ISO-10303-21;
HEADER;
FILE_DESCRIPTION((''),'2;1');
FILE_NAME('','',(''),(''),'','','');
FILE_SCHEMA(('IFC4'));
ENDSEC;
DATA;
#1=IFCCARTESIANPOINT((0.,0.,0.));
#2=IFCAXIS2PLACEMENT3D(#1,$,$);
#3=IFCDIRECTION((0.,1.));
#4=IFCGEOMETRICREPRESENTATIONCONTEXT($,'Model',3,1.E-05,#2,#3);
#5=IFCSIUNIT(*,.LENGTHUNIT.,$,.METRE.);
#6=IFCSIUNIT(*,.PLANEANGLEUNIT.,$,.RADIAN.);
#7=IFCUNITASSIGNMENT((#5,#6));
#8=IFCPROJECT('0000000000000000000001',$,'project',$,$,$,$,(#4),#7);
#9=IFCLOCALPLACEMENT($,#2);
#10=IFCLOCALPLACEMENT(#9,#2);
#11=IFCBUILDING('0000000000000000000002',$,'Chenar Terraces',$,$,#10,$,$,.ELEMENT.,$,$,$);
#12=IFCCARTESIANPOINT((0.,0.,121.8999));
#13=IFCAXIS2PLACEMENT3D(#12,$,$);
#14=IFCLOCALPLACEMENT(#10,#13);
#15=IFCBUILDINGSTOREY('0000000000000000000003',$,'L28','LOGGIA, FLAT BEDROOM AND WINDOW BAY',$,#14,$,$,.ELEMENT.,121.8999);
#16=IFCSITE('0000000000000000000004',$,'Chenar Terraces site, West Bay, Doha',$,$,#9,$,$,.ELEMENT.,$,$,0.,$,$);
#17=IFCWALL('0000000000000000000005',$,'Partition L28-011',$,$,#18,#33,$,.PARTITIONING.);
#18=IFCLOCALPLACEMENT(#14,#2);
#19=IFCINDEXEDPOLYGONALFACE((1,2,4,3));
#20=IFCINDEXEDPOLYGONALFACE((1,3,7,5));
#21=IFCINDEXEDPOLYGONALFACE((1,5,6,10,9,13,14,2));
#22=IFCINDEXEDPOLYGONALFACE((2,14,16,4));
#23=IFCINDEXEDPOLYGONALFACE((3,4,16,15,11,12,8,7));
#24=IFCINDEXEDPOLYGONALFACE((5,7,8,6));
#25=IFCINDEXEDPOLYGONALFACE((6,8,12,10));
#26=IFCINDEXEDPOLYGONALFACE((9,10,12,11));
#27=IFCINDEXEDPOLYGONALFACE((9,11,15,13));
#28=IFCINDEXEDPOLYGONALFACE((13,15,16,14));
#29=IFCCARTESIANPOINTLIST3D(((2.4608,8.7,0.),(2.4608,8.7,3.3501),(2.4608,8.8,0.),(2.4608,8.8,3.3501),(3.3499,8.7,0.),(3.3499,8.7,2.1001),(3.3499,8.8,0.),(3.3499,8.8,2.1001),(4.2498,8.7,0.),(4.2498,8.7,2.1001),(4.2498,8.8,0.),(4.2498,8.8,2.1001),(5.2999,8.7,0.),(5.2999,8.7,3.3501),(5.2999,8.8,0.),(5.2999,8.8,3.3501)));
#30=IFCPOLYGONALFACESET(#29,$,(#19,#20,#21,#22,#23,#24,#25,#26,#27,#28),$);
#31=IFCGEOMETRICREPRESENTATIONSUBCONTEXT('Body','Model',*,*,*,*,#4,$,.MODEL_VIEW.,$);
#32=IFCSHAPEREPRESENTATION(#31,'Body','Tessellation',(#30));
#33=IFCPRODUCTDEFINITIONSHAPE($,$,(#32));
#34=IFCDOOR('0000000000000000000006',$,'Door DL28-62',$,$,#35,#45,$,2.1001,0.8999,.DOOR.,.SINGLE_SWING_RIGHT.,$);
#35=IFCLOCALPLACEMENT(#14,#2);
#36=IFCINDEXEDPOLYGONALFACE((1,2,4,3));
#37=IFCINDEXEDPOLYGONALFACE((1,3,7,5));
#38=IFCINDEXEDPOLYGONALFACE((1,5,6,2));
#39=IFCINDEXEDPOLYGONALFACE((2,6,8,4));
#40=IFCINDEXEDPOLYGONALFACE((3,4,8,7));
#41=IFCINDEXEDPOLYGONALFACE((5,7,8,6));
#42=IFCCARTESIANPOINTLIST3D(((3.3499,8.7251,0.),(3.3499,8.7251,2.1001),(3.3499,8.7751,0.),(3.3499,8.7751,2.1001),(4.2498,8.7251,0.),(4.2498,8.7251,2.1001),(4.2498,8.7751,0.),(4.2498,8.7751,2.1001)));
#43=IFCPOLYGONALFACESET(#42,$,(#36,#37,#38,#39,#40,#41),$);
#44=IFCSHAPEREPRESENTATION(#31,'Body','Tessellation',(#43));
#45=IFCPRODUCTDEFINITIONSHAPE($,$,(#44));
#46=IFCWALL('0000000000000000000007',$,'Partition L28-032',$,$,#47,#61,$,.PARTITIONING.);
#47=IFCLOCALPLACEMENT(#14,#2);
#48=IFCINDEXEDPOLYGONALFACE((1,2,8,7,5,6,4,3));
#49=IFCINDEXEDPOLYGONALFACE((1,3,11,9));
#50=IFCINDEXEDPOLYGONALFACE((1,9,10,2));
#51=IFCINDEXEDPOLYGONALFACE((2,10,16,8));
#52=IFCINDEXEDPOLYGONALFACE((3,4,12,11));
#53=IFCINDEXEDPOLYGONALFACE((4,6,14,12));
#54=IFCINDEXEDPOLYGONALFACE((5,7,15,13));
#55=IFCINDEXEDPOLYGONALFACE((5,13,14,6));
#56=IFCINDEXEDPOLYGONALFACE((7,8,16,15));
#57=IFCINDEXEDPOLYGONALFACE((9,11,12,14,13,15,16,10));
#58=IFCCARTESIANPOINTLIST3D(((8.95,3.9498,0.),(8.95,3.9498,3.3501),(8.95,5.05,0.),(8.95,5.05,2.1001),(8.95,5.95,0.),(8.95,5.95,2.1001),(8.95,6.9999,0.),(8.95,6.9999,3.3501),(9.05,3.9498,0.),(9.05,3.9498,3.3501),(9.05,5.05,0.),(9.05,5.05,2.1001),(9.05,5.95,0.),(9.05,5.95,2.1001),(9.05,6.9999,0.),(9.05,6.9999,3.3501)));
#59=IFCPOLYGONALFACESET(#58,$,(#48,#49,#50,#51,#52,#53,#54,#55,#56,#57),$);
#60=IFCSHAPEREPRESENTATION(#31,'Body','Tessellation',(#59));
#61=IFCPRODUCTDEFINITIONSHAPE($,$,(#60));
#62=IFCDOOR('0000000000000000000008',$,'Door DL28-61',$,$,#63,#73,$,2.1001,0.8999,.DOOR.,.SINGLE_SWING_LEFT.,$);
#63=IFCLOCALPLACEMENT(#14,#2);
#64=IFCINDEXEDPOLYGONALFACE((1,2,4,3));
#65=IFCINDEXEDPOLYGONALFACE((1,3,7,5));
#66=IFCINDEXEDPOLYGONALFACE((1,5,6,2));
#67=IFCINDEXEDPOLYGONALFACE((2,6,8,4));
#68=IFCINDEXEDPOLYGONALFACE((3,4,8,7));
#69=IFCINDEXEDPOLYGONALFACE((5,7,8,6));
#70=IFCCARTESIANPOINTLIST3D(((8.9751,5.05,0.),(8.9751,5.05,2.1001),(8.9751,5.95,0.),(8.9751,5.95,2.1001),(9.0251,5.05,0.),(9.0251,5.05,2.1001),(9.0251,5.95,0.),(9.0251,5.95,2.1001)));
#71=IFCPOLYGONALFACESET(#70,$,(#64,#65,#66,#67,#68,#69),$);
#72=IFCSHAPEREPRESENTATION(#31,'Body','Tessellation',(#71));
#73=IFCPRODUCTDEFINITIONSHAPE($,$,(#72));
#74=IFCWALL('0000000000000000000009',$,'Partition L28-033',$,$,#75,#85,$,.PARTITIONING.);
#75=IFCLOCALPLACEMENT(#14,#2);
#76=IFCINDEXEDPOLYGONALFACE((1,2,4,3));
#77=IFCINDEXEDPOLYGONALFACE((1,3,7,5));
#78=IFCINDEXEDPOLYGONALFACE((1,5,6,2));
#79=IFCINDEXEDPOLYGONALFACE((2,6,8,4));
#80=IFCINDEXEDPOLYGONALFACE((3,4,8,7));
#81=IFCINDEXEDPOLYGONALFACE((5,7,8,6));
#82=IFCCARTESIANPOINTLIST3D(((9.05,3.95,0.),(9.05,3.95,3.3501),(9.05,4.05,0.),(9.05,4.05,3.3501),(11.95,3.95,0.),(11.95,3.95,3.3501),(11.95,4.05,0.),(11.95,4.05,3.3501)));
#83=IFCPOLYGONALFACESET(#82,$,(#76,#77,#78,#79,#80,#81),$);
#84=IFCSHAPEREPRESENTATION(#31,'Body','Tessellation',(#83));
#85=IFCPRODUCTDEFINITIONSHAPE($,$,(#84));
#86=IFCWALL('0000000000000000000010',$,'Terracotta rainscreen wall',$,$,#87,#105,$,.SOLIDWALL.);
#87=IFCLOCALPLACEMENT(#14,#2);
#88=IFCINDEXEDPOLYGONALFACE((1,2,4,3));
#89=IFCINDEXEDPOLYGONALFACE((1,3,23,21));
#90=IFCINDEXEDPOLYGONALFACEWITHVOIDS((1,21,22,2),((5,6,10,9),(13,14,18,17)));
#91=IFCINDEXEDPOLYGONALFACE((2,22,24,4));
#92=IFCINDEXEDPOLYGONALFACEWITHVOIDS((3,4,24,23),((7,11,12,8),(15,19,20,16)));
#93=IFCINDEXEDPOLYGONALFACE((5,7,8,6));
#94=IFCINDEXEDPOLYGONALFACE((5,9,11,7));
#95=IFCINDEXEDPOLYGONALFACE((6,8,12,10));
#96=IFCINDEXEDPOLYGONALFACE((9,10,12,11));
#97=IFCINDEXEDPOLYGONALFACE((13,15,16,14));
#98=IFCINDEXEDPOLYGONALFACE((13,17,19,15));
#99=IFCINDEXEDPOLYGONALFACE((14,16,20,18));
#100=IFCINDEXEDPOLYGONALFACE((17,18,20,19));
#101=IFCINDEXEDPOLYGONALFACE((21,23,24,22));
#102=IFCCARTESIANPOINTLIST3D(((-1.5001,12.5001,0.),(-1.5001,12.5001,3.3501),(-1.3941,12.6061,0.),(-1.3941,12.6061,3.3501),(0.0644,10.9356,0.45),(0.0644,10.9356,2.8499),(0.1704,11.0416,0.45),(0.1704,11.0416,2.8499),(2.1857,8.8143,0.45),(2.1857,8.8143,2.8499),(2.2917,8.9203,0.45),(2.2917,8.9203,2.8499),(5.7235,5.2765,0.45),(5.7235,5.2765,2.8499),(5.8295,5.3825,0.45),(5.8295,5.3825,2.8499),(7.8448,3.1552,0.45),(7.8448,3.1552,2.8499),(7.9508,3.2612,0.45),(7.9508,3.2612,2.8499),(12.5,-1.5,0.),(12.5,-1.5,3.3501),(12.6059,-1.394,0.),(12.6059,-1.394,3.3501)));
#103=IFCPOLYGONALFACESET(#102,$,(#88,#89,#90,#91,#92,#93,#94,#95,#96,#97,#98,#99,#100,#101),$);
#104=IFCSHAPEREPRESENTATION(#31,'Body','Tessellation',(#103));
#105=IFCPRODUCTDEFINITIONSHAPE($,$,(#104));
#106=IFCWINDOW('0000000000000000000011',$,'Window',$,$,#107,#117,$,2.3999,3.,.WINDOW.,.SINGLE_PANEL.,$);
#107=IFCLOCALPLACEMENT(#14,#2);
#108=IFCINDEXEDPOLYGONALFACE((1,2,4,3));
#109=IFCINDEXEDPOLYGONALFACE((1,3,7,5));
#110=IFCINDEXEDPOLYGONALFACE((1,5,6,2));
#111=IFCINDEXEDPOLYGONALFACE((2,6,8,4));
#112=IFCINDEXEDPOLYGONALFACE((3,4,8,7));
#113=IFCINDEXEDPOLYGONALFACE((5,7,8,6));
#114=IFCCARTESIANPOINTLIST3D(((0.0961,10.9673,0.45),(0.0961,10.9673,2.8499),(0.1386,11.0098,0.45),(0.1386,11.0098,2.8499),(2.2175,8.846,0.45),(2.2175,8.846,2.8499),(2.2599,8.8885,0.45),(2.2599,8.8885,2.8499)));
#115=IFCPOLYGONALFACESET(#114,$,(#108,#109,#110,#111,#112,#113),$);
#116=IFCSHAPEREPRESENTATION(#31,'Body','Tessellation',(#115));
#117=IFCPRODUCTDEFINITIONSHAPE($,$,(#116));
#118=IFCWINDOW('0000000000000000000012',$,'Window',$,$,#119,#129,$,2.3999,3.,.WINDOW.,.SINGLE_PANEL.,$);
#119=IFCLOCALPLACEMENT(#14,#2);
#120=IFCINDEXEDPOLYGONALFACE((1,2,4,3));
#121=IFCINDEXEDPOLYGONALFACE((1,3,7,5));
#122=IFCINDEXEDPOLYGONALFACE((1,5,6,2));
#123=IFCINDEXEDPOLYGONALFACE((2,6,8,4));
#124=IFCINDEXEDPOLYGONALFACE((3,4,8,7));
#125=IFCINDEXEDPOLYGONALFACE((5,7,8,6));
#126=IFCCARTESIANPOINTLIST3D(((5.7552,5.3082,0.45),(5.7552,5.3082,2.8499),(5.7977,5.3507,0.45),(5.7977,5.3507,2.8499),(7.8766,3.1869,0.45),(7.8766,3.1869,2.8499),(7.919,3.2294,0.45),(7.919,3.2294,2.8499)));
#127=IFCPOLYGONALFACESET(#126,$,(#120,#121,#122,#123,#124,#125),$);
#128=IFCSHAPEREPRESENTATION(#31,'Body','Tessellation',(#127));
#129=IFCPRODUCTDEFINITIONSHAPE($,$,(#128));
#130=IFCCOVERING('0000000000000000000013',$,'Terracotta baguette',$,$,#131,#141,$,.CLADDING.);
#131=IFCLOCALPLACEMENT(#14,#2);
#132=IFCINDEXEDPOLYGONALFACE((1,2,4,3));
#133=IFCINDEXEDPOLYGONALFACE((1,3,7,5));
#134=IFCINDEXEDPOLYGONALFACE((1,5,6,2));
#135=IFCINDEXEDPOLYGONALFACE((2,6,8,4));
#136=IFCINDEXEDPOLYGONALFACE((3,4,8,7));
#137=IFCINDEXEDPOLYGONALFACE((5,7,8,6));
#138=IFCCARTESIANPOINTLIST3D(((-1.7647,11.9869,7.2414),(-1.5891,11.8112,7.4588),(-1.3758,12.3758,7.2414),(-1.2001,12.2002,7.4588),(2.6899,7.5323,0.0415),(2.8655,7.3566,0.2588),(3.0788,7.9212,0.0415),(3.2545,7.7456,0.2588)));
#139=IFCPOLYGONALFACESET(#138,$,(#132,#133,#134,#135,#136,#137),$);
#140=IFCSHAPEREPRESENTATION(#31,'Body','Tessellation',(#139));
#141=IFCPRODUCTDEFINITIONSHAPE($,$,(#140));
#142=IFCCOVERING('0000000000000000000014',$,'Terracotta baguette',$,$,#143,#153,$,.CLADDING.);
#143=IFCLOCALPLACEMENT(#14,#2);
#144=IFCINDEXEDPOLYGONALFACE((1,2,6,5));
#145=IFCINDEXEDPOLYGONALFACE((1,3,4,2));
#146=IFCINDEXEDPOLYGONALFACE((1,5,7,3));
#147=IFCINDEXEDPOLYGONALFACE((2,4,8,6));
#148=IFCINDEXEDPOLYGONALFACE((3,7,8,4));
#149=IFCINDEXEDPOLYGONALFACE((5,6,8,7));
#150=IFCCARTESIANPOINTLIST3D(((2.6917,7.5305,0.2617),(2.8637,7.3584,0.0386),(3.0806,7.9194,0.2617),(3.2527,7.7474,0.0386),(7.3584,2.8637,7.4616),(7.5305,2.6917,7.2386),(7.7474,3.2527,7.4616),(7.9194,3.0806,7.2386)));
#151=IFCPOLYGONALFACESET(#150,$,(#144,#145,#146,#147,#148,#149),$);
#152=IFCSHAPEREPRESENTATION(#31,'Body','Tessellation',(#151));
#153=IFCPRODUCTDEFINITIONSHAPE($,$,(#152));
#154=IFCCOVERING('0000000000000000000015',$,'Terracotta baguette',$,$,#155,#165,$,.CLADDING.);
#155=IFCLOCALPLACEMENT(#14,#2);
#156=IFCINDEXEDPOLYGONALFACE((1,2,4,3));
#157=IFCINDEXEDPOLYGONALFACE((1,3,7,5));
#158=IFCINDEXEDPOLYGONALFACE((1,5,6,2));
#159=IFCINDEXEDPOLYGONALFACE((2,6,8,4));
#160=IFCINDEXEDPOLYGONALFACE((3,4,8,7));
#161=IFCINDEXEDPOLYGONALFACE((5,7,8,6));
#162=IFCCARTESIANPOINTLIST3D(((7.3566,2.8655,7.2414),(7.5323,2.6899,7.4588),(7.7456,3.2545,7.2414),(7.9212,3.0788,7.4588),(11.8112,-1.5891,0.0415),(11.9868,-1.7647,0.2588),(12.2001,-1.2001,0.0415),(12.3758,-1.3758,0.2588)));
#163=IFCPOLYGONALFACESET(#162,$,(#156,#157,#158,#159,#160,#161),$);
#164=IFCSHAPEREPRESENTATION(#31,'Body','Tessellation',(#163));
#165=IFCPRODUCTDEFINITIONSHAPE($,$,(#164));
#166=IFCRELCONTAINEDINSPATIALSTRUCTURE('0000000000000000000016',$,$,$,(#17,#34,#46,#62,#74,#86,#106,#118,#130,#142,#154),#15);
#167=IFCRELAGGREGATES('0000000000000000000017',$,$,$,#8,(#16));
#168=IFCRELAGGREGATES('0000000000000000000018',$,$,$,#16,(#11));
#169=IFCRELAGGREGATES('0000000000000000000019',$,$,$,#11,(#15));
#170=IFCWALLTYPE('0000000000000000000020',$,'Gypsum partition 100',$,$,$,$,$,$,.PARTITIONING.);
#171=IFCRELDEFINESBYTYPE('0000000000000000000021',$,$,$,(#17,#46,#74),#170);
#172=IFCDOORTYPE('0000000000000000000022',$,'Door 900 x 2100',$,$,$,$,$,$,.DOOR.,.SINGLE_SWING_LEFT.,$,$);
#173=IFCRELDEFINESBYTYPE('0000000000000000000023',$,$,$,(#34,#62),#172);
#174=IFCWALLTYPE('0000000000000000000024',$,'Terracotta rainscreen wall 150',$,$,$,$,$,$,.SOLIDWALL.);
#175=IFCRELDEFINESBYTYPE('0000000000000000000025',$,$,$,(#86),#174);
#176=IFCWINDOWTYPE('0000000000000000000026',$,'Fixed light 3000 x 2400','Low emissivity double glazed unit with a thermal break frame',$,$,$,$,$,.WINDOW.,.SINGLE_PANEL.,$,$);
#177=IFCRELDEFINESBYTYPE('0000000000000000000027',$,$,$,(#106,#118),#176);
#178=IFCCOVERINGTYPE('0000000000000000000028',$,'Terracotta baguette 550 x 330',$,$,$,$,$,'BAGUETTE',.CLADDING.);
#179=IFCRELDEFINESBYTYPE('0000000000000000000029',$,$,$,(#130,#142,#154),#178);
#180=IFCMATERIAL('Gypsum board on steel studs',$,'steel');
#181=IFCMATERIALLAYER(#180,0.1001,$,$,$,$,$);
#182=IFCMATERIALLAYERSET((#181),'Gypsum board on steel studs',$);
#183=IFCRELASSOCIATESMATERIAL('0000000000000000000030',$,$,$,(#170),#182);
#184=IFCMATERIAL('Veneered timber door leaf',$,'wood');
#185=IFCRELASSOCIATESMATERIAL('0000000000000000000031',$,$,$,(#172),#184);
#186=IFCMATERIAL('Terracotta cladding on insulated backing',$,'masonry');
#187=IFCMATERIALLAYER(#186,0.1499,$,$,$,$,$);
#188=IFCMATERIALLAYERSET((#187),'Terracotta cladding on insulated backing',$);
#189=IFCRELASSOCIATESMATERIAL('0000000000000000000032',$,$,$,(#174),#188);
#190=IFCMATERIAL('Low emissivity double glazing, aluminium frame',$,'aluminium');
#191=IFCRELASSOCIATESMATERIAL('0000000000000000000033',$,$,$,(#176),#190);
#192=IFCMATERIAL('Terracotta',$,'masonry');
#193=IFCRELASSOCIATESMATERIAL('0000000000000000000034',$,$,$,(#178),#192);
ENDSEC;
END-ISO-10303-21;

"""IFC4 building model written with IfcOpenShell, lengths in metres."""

from ifc_helpers import new_model, si_unit, direction, frame, frame_2d, origin, origin_2d, place, context, subcontext, project, spatial, rectangle, extrude, material, layer, layer_set, material_profile, profile_set, type_object, element, fill, save


model = new_model("IFC4")

# Units and contexts
model_context = context("Model", 3, precision=1e-05, world=origin(), true_north=direction((0.0, 1.0)))
body_context = subcontext(model_context, "Body", "Model", "MODEL_VIEW")
ifc_project = project(units=[si_unit("LENGTHUNIT", "METRE"), si_unit("PLANEANGLEUNIT", "RADIAN")], contexts=[model_context])

# Site, building, storey
site_placement = place(None, origin())
site = spatial("IfcSite", under=ifc_project, at=site_placement, Name="Chenar Terraces site, West Bay, Doha", CompositionType="ELEMENT", RefElevation=0.0)
building_placement = place(site_placement, origin())
building = spatial("IfcBuilding", under=site, at=building_placement, Name="Chenar Terraces", CompositionType="ELEMENT")
storey_placement = place(building_placement, frame((0.0, 0.0, 121.8999)))
storey = spatial("IfcBuildingStorey", under=building, at=storey_placement, Name="L28", Description="LOGGIA, FLAT BEDROOM AND WINDOW BAY", CompositionType="ELEMENT", Elevation=121.8999)

# Walls, openings, doors
ifc_material_1 = material(Name="Gypsum board on steel studs", Category="steel")
ifc_layer_1 = layer(ifc_material_1, 0.1001)
ifc_layer_set_1 = layer_set([ifc_layer_1], Name="Gypsum board on steel studs")
wall_type_1 = type_object("IfcWallType", Name="Gypsum partition 100", PredefinedType="PARTITIONING", material=ifc_layer_set_1)
wall_1_placement = place(storey_placement, frame((2.4609, 8.75, 0.0), z_axis=(0.0, 0.0, 1.0), x_axis=(1.0, 0.0, 0.0)))
wall_1 = element("IfcWall", 1, at=wall_1_placement, inside=storey, type_object=wall_type_1, Name="Partition L28-011", PredefinedType="PARTITIONING", context=body_context, shape_type="SweptSolid", body=[
    extrude(rectangle(XDim=2.8391, YDim=0.1001, at=frame_2d((1.4194, 0.0))), origin(), (0.0, 0.0, 1.0), 3.3501),
])
opening_1_placement = place(wall_1_placement, frame((0.8889, 0.0, 0.0)))
opening_1 = element("IfcOpeningElement", 2, at=opening_1_placement, cuts=wall_1, PredefinedType="OPENING", context=body_context, shape_type="SweptSolid", body=[
    extrude(rectangle(XDim=0.8999, YDim=2.1001, at=frame_2d((0.45, 1.05))), frame((0.0, 0.0601, 0.0), z_axis=(0.0, -1.0, 0.0), x_axis=(1.0, 0.0, 0.0)), (0.0, 0.0, 1.0), 0.1201),
])
ifc_material_2 = material(Name="Veneered timber door leaf", Category="wood")
door_type_1 = type_object("IfcDoorType", Name="Door 900 x 2100", OperationType="SINGLE_SWING_LEFT", PredefinedType="DOOR", material=ifc_material_2)
door_1_placement = place(opening_1_placement, frame((0.8999, 0.0, 0.0), z_axis=(0.0, 0.0, 1.0), x_axis=(-1.0, 0.0, 0.0)))
door_1 = element("IfcDoor", 3, at=door_1_placement, inside=storey, type_object=door_type_1, Name="Door DL28-62", OperationType="SINGLE_SWING_RIGHT", OverallHeight=2.1001, OverallWidth=0.8999, PredefinedType="DOOR", context=body_context, shape_type="SweptSolid", body=[
    extrude(rectangle(XDim=0.8999, YDim=2.1001, at=frame_2d((0.45, 1.05))), frame((0.0, 0.0249, 0.0), z_axis=(0.0, -1.0, 0.0), x_axis=(1.0, 0.0, 0.0)), (0.0, 0.0, 1.0), 0.05),
])
fill(opening_1, door_1)
wall_2_placement = place(storey_placement, frame((9.0, 3.95, 0.0), z_axis=(0.0, 0.0, 1.0), x_axis=(0.0, 1.0, 0.0)))
wall_2 = element("IfcWall", 4, at=wall_2_placement, inside=storey, type_object=wall_type_1, Name="Partition L28-032", PredefinedType="PARTITIONING", context=body_context, shape_type="SweptSolid", body=[
    extrude(rectangle(XDim=3.05, YDim=0.1001, at=frame_2d((1.5249, 0.0))), origin(), (0.0, 0.0, 1.0), 3.3501),
])
opening_2_placement = place(wall_2_placement, frame((1.1001, 0.0, 0.0)))
opening_2 = element("IfcOpeningElement", 5, at=opening_2_placement, cuts=wall_2, PredefinedType="OPENING", context=body_context, shape_type="SweptSolid", body=[
    extrude(rectangle(XDim=0.8999, YDim=2.1001, at=frame_2d((0.45, 1.05))), frame((0.0, 0.0601, 0.0), z_axis=(0.0, -1.0, 0.0), x_axis=(1.0, 0.0, 0.0)), (0.0, 0.0, 1.0), 0.1201),
])
door_2_placement = place(opening_2_placement, origin())
door_2 = element("IfcDoor", 6, at=door_2_placement, inside=storey, type_object=door_type_1, Name="Door DL28-61", OperationType="SINGLE_SWING_LEFT", OverallHeight=2.1001, OverallWidth=0.8999, PredefinedType="DOOR", context=body_context, shape_type="SweptSolid", body=[
    extrude(rectangle(XDim=0.8999, YDim=2.1001, at=frame_2d((0.45, 1.05))), frame((0.0, 0.0249, 0.0), z_axis=(0.0, -1.0, 0.0), x_axis=(1.0, 0.0, 0.0)), (0.0, 0.0, 1.0), 0.05),
])
fill(opening_2, door_2)

# Wall
wall_3_placement = place(storey_placement, frame((9.05, 4.0, 0.0), z_axis=(0.0, 0.0, 1.0), x_axis=(1.0, 0.0, 0.0)))
element("IfcWall", 7, at=wall_3_placement, inside=storey, type_object=wall_type_1, Name="Partition L28-033", PredefinedType="PARTITIONING", context=body_context, shape_type="SweptSolid", body=[
    extrude(rectangle(XDim=2.8999, YDim=0.1001, at=frame_2d((1.45, 0.0))), origin(), (0.0, 0.0, 1.0), 3.3501),
])

# Wall, openings, windows
ifc_material_3 = material(Name="Terracotta cladding on insulated backing", Category="masonry")
ifc_layer_2 = layer(ifc_material_3, 0.1499)
ifc_layer_set_2 = layer_set([ifc_layer_2], Name="Terracotta cladding on insulated backing")
wall_type_2 = type_object("IfcWallType", Name="Terracotta rainscreen wall 150", PredefinedType="SOLIDWALL", material=ifc_layer_set_2)
wall_4_placement = place(storey_placement, frame((-1.447, 12.553, 0.0), z_axis=(0.0, 0.0, 1.0), x_axis=(0.707107, -0.707107, 0.0)))
wall_4 = element("IfcWall", 8, at=wall_4_placement, inside=storey, type_object=wall_type_2, Name="Terracotta rainscreen wall", PredefinedType="SOLIDWALL", context=body_context, shape_type="SweptSolid", body=[
    extrude(rectangle(XDim=19.7991, YDim=0.1499, at=frame_2d((9.8994, 0.0))), origin(), (0.0, 0.0, 1.0), 3.3501),
])
opening_3_placement = place(wall_4_placement, frame((2.2124, 0.0, 0.45)))
opening_3 = element("IfcOpeningElement", 9, at=opening_3_placement, cuts=wall_4, PredefinedType="OPENING", context=body_context, shape_type="SweptSolid", body=[
    extrude(rectangle(XDim=3.0, YDim=2.3999, at=frame_2d((1.5, 1.2))), frame((0.0, 0.085, 0.0), z_axis=(0.0, -1.0, 0.0), x_axis=(1.0, 0.0, 0.0)), (0.0, 0.0, 1.0), 0.1699),
])
opening_4_placement = place(wall_4_placement, frame((10.2156, 0.0, 0.45)))
opening_4 = element("IfcOpeningElement", 10, at=opening_4_placement, cuts=wall_4, PredefinedType="OPENING", context=body_context, shape_type="SweptSolid", body=[
    extrude(rectangle(XDim=3.0, YDim=2.3999, at=frame_2d((1.5, 1.2))), frame((0.0, 0.085, 0.0), z_axis=(0.0, -1.0, 0.0), x_axis=(1.0, 0.0, 0.0)), (0.0, 0.0, 1.0), 0.1699),
])
ifc_material_4 = material(Name="Low emissivity double glazing, aluminium frame", Category="aluminium")
window_type = type_object("IfcWindowType", Name="Fixed light 3000 x 2400", Description="Low emissivity double glazed unit with a thermal break frame", PartitioningType="SINGLE_PANEL", PredefinedType="WINDOW", material=ifc_material_4)
window_1_placement = place(opening_3_placement, origin())
window_1 = element("IfcWindow", 11, at=window_1_placement, inside=storey, type_object=window_type, Name="Window", OverallHeight=2.3999, OverallWidth=3.0, PartitioningType="SINGLE_PANEL", PredefinedType="WINDOW", context=body_context, shape_type="SweptSolid", body=[
    extrude(rectangle(XDim=3.0, YDim=2.3999, at=frame_2d((1.5, 1.2))), frame((0.0, 0.03, 0.0), z_axis=(0.0, -1.0, 0.0), x_axis=(1.0, 0.0, 0.0)), (0.0, 0.0, 1.0), 0.0601),
])
fill(opening_3, window_1)
window_2_placement = place(opening_4_placement, origin())
window_2 = element("IfcWindow", 12, at=window_2_placement, inside=storey, type_object=window_type, Name="Window", OverallHeight=2.3999, OverallWidth=3.0, PartitioningType="SINGLE_PANEL", PredefinedType="WINDOW", context=body_context, shape_type="SweptSolid", body=[
    extrude(rectangle(XDim=3.0, YDim=2.3999, at=frame_2d((1.5, 1.2))), frame((0.0, 0.03, 0.0), z_axis=(0.0, -1.0, 0.0), x_axis=(1.0, 0.0, 0.0)), (0.0, 0.0, 1.0), 0.0601),
])
fill(opening_4, window_2)

# Coverings
ifc_material_5 = material(Name="Terracotta", Category="masonry")
ifc_material_profile = material_profile(ifc_material_5, rectangle(XDim=0.55, YDim=0.3301, at=origin_2d()), Name="Terracotta baguette 550 x 330")
ifc_profile_set = profile_set([ifc_material_profile], Name="Terracotta")
covering_type = type_object("IfcCoveringType", Name="Terracotta baguette 550 x 330", ElementType="BAGUETTE", PredefinedType="CLADDING", material=ifc_profile_set)
covering_1_placement = place(storey_placement, frame((-1.4824, 12.0935, 7.3501), z_axis=(0.465624, -0.465624, -0.752588), x_axis=(0.707107, 0.707107, 0.0)))
element("IfcCovering", 13, at=covering_1_placement, inside=storey, type_object=covering_type, Name="Terracotta baguette", PredefinedType="CLADDING", context=body_context, shape_type="SweptSolid", body=[
    extrude(rectangle(XDim=0.55, YDim=0.3301, at=origin_2d()), origin(), (0.0, 0.0, 1.0), 9.5669),
])
covering_2_placement = place(storey_placement, frame((2.9722, 7.6389, 0.1501), z_axis=(0.477803, -0.477803, 0.737163), x_axis=(0.707107, 0.707107, 0.0)))
element("IfcCovering", 14, at=covering_2_placement, inside=storey, type_object=covering_type, Name="Terracotta baguette", PredefinedType="CLADDING", context=body_context, shape_type="SweptSolid", body=[
    extrude(rectangle(XDim=0.55, YDim=0.3301, at=origin_2d()), origin(), (0.0, 0.0, 1.0), 9.7671),
])
covering_3_placement = place(storey_placement, frame((7.6389, 2.9722, 7.3501), z_axis=(0.465624, -0.465624, -0.752588), x_axis=(0.707107, 0.707107, 0.0)))
element("IfcCovering", 15, at=covering_3_placement, inside=storey, type_object=covering_type, Name="Terracotta baguette", PredefinedType="CLADDING", context=body_context, shape_type="SweptSolid", body=[
    extrude(rectangle(XDim=0.55, YDim=0.3301, at=origin_2d()), origin(), (0.0, 0.0, 1.0), 9.5669),
])

save(model, "model.ifc")
